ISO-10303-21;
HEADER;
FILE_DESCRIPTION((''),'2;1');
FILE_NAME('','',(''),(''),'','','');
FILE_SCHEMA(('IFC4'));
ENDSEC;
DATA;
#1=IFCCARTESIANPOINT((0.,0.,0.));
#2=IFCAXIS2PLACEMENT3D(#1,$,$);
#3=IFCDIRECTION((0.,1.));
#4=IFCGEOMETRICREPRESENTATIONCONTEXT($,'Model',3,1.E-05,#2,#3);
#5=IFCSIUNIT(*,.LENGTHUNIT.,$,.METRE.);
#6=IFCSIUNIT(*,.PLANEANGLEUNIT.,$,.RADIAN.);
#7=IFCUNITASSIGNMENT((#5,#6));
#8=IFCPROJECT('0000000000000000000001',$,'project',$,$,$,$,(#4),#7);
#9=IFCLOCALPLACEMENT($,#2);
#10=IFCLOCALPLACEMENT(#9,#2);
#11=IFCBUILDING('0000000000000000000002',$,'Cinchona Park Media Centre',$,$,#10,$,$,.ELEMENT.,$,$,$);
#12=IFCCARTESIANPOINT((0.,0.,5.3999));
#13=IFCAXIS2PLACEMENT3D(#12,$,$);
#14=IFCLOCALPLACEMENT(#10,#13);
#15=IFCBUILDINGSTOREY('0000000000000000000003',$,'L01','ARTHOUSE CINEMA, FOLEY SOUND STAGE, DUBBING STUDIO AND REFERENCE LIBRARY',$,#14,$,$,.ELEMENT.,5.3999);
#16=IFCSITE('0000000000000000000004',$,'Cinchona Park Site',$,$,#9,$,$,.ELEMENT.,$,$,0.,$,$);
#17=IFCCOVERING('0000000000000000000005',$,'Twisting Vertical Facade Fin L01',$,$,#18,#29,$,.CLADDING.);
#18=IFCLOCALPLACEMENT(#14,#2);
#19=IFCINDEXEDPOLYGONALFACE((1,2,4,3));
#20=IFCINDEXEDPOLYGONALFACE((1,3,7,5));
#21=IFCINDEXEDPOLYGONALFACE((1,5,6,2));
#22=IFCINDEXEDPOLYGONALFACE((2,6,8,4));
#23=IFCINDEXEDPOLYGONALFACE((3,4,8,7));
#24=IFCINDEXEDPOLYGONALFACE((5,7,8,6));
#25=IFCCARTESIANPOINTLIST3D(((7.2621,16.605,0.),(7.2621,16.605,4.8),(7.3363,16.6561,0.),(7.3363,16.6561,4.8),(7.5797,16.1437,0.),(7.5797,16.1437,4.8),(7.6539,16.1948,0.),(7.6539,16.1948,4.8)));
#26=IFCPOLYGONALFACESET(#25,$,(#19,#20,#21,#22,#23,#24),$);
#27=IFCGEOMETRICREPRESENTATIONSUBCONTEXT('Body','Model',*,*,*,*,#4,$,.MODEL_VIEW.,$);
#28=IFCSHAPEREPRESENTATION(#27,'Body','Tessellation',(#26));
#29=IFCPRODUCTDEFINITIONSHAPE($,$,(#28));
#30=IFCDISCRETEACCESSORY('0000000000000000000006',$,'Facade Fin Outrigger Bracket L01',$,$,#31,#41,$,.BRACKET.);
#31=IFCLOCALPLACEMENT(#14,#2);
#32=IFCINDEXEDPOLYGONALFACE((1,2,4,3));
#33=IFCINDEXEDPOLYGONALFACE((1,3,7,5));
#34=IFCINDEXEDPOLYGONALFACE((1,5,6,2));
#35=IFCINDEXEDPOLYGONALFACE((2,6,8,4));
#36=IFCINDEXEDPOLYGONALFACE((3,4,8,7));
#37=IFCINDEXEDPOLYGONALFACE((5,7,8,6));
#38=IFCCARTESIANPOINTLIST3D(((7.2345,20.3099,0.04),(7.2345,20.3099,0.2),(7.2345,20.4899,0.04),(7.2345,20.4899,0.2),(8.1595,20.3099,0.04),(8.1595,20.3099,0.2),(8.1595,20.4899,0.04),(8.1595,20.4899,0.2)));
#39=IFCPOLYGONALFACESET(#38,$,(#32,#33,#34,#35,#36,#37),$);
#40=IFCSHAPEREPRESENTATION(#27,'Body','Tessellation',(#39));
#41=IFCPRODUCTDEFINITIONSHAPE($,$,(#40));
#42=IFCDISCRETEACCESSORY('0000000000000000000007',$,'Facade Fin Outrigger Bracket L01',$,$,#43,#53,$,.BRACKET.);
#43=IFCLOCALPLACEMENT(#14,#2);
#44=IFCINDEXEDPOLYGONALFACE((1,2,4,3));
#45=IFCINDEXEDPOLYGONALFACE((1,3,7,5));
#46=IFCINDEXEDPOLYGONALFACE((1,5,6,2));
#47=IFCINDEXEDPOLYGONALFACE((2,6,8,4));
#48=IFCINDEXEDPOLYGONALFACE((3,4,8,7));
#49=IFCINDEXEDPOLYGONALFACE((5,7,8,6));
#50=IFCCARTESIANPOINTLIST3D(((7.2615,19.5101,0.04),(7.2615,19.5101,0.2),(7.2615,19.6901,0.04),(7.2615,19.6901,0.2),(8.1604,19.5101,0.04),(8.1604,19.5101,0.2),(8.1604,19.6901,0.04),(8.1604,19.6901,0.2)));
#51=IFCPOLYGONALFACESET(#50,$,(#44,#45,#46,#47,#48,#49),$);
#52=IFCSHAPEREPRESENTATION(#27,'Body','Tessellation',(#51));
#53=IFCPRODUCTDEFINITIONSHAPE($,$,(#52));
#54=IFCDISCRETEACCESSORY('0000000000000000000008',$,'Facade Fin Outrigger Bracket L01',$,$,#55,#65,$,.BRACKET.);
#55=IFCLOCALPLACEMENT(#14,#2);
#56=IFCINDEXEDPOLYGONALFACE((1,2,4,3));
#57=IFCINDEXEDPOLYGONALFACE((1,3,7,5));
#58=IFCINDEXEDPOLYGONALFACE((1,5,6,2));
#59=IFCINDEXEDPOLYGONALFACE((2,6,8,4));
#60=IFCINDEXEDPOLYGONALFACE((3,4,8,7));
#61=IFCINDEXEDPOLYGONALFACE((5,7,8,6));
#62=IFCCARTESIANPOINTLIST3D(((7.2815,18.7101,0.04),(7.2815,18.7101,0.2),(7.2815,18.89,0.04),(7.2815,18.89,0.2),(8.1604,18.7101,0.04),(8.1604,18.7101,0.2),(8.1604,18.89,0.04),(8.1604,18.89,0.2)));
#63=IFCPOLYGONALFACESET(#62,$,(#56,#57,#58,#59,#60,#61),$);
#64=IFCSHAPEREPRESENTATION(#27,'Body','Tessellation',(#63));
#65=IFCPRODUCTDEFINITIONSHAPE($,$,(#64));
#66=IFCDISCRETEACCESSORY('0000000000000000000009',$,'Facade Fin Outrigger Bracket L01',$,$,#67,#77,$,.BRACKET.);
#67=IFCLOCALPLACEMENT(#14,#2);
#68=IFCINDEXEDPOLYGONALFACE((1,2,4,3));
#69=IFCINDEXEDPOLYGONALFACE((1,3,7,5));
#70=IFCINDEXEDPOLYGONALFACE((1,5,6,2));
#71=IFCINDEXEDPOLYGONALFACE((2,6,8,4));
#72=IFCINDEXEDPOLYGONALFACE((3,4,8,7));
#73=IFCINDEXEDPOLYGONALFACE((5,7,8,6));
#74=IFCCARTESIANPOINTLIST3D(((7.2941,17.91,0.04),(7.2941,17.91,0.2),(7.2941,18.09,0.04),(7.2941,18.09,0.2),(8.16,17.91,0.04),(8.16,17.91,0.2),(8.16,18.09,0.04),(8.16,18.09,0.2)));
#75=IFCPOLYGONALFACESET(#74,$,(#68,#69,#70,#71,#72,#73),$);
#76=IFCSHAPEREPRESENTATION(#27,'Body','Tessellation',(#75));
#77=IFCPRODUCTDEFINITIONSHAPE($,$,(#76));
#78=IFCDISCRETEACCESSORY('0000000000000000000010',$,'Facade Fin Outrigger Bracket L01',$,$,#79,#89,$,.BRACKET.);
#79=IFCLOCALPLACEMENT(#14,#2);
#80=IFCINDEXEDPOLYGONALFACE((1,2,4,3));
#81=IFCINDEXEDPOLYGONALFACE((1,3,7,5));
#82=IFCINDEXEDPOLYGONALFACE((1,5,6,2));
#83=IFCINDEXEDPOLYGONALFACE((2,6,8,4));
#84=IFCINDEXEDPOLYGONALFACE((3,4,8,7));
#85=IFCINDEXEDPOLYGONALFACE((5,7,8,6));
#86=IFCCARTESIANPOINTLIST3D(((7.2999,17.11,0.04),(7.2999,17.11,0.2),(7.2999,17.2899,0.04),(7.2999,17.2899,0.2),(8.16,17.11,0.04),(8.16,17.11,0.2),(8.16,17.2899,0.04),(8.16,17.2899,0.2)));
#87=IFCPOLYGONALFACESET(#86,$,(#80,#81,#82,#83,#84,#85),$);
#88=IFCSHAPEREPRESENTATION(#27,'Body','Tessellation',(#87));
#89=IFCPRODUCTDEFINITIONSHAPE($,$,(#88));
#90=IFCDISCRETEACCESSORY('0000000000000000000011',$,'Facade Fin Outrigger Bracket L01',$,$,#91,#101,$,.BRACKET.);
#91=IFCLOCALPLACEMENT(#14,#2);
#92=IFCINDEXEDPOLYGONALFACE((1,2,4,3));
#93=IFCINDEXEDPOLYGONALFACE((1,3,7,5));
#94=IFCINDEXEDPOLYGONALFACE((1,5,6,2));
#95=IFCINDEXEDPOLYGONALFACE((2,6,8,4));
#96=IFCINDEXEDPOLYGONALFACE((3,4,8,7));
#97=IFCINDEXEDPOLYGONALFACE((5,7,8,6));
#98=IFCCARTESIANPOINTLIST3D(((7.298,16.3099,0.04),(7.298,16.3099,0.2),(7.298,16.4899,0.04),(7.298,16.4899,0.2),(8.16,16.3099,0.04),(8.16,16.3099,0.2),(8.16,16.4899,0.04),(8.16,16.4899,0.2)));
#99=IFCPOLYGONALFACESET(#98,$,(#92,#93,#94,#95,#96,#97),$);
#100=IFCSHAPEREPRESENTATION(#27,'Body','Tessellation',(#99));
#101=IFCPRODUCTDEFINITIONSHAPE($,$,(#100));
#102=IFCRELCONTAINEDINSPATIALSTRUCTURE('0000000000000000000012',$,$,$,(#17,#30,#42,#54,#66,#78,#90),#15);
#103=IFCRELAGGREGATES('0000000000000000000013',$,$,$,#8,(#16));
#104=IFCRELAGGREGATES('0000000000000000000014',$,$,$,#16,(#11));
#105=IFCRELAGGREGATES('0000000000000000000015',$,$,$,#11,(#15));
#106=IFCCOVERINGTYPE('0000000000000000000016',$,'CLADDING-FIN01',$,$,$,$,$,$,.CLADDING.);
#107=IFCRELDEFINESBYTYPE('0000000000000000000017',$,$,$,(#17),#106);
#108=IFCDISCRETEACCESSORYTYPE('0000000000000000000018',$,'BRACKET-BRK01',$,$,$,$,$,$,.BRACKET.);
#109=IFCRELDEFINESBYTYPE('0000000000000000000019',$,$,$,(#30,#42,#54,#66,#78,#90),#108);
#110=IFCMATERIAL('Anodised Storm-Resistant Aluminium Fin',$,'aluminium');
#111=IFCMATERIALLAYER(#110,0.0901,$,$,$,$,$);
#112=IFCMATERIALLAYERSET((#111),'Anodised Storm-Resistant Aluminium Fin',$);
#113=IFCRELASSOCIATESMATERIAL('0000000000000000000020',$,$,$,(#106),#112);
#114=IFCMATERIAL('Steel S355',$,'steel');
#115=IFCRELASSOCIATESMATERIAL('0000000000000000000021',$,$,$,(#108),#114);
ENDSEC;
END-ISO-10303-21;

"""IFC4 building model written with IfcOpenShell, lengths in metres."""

from ifc_helpers import new_model, si_unit, direction, frame, origin, origin_2d, place, context, subcontext, project, spatial, rectangle, extrude, material, layer, layer_set, type_object, element, save


model = new_model("IFC4")

# Units and contexts
model_context = context("Model", 3, precision=1e-05, world=origin(), true_north=direction((0.0, 1.0)))
body_context = subcontext(model_context, "Body", "Model", "MODEL_VIEW")
ifc_project = project(units=[si_unit("LENGTHUNIT", "METRE"), si_unit("PLANEANGLEUNIT", "RADIAN")], contexts=[model_context])

# Site, building, storey
site_placement = place(None, origin())
site = spatial("IfcSite", under=ifc_project, at=site_placement, Name="Cinchona Park Site", CompositionType="ELEMENT", RefElevation=0.0)
building_placement = place(site_placement, origin())
building = spatial("IfcBuilding", under=site, at=building_placement, Name="Cinchona Park Media Centre", CompositionType="ELEMENT")
storey_placement = place(building_placement, frame((0.0, 0.0, 5.3999)))
storey = spatial("IfcBuildingStorey", under=building, at=storey_placement, Name="L01", Description="ARTHOUSE CINEMA, FOLEY SOUND STAGE, DUBBING STUDIO AND REFERENCE LIBRARY", CompositionType="ELEMENT", Elevation=5.3999)

# Covering
ifc_material_1 = material(Name="Anodised Storm-Resistant Aluminium Fin", Category="aluminium")
ifc_layer_1 = layer(ifc_material_1, 0.0901)
ifc_layer_set_1 = layer_set([ifc_layer_1], Name="Anodised Storm-Resistant Aluminium Fin")
covering_type = type_object("IfcCoveringType", Name="CLADDING-FIN01", PredefinedType="CLADDING", material=ifc_layer_set_1)
for number, where, z_axis, x_axis, name in (
    (1, (7.458, 16.3999, 0.0), (0.0, 0.0, 1.0), (0.567125, -0.823632, 0.0), "Twisting Vertical Facade Fin L01"),
):
    element("IfcCovering", number, at=place(storey_placement, frame(where, z_axis=z_axis, x_axis=x_axis)), inside=storey, type_object=covering_type, Name=name, PredefinedType="CLADDING", context=body_context, shape_type="SweptSolid", body=[
        extrude(rectangle(XDim=0.5601, YDim=0.0901, at=origin_2d()), origin(), (0.0, 0.0, 1.0), 4.8),
    ])

# Discrete accessories
ifc_material_2 = material(Name="Steel S355", Category="steel")
discrete_accessory_type = type_object("IfcDiscreteAccessoryType", Name="BRACKET-BRK01", PredefinedType="BRACKET", material=ifc_material_2)
discrete_accessory_1_placement = place(storey_placement, frame((7.697, 20.3999, 0.04), z_axis=(0.0, 0.0, 1.0), x_axis=(0.0, -1.0, 0.0)))
element("IfcDiscreteAccessory", 2, at=discrete_accessory_1_placement, inside=storey, type_object=discrete_accessory_type, Name="Facade Fin Outrigger Bracket L01", PredefinedType="BRACKET", context=body_context, shape_type="SweptSolid", body=[
    extrude(rectangle(XDim=0.1799, YDim=0.925, at=origin_2d()), origin(), (0.0, 0.0, 1.0), 0.1599),
])
discrete_accessory_2_placement = place(storey_placement, frame((7.7109, 19.6001, 0.04), z_axis=(0.0, 0.0, 1.0), x_axis=(0.0, -1.0, 0.0)))
element("IfcDiscreteAccessory", 3, at=discrete_accessory_2_placement, inside=storey, type_object=discrete_accessory_type, Name="Facade Fin Outrigger Bracket L01", PredefinedType="BRACKET", context=body_context, shape_type="SweptSolid", body=[
    extrude(rectangle(XDim=0.1799, YDim=0.8989, at=origin_2d()), origin(), (0.0, 0.0, 1.0), 0.1599),
])
discrete_accessory_3_placement = place(storey_placement, frame((7.7209, 18.8, 0.04), z_axis=(0.0, 0.0, 1.0), x_axis=(0.0, -1.0, 0.0)))
element("IfcDiscreteAccessory", 4, at=discrete_accessory_3_placement, inside=storey, type_object=discrete_accessory_type, Name="Facade Fin Outrigger Bracket L01", PredefinedType="BRACKET", context=body_context, shape_type="SweptSolid", body=[
    extrude(rectangle(XDim=0.1799, YDim=0.8789, at=origin_2d()), origin(), (0.0, 0.0, 1.0), 0.1599),
])
discrete_accessory_4_placement = place(storey_placement, frame((7.7271, 18.0, 0.04), z_axis=(0.0, 0.0, 1.0), x_axis=(0.0, -1.0, 0.0)))
element("IfcDiscreteAccessory", 5, at=discrete_accessory_4_placement, inside=storey, type_object=discrete_accessory_type, Name="Facade Fin Outrigger Bracket L01", PredefinedType="BRACKET", context=body_context, shape_type="SweptSolid", body=[
    extrude(rectangle(XDim=0.1799, YDim=0.866, at=origin_2d()), origin(), (0.0, 0.0, 1.0), 0.1599),
])
discrete_accessory_5_placement = place(storey_placement, frame((7.73, 17.2, 0.04), z_axis=(0.0, 0.0, 1.0), x_axis=(0.0, -1.0, 0.0)))
element("IfcDiscreteAccessory", 6, at=discrete_accessory_5_placement, inside=storey, type_object=discrete_accessory_type, Name="Facade Fin Outrigger Bracket L01", PredefinedType="BRACKET", context=body_context, shape_type="SweptSolid", body=[
    extrude(rectangle(XDim=0.1799, YDim=0.8601, at=origin_2d()), origin(), (0.0, 0.0, 1.0), 0.1599),
])
discrete_accessory_6_placement = place(storey_placement, frame((7.729, 16.3999, 0.04), z_axis=(0.0, 0.0, 1.0), x_axis=(0.0, -1.0, 0.0)))
element("IfcDiscreteAccessory", 7, at=discrete_accessory_6_placement, inside=storey, type_object=discrete_accessory_type, Name="Facade Fin Outrigger Bracket L01", PredefinedType="BRACKET", context=body_context, shape_type="SweptSolid", body=[
    extrude(rectangle(XDim=0.1799, YDim=0.8621, at=origin_2d()), origin(), (0.0, 0.0, 1.0), 0.1599),
])

save(model, "model.ifc")
